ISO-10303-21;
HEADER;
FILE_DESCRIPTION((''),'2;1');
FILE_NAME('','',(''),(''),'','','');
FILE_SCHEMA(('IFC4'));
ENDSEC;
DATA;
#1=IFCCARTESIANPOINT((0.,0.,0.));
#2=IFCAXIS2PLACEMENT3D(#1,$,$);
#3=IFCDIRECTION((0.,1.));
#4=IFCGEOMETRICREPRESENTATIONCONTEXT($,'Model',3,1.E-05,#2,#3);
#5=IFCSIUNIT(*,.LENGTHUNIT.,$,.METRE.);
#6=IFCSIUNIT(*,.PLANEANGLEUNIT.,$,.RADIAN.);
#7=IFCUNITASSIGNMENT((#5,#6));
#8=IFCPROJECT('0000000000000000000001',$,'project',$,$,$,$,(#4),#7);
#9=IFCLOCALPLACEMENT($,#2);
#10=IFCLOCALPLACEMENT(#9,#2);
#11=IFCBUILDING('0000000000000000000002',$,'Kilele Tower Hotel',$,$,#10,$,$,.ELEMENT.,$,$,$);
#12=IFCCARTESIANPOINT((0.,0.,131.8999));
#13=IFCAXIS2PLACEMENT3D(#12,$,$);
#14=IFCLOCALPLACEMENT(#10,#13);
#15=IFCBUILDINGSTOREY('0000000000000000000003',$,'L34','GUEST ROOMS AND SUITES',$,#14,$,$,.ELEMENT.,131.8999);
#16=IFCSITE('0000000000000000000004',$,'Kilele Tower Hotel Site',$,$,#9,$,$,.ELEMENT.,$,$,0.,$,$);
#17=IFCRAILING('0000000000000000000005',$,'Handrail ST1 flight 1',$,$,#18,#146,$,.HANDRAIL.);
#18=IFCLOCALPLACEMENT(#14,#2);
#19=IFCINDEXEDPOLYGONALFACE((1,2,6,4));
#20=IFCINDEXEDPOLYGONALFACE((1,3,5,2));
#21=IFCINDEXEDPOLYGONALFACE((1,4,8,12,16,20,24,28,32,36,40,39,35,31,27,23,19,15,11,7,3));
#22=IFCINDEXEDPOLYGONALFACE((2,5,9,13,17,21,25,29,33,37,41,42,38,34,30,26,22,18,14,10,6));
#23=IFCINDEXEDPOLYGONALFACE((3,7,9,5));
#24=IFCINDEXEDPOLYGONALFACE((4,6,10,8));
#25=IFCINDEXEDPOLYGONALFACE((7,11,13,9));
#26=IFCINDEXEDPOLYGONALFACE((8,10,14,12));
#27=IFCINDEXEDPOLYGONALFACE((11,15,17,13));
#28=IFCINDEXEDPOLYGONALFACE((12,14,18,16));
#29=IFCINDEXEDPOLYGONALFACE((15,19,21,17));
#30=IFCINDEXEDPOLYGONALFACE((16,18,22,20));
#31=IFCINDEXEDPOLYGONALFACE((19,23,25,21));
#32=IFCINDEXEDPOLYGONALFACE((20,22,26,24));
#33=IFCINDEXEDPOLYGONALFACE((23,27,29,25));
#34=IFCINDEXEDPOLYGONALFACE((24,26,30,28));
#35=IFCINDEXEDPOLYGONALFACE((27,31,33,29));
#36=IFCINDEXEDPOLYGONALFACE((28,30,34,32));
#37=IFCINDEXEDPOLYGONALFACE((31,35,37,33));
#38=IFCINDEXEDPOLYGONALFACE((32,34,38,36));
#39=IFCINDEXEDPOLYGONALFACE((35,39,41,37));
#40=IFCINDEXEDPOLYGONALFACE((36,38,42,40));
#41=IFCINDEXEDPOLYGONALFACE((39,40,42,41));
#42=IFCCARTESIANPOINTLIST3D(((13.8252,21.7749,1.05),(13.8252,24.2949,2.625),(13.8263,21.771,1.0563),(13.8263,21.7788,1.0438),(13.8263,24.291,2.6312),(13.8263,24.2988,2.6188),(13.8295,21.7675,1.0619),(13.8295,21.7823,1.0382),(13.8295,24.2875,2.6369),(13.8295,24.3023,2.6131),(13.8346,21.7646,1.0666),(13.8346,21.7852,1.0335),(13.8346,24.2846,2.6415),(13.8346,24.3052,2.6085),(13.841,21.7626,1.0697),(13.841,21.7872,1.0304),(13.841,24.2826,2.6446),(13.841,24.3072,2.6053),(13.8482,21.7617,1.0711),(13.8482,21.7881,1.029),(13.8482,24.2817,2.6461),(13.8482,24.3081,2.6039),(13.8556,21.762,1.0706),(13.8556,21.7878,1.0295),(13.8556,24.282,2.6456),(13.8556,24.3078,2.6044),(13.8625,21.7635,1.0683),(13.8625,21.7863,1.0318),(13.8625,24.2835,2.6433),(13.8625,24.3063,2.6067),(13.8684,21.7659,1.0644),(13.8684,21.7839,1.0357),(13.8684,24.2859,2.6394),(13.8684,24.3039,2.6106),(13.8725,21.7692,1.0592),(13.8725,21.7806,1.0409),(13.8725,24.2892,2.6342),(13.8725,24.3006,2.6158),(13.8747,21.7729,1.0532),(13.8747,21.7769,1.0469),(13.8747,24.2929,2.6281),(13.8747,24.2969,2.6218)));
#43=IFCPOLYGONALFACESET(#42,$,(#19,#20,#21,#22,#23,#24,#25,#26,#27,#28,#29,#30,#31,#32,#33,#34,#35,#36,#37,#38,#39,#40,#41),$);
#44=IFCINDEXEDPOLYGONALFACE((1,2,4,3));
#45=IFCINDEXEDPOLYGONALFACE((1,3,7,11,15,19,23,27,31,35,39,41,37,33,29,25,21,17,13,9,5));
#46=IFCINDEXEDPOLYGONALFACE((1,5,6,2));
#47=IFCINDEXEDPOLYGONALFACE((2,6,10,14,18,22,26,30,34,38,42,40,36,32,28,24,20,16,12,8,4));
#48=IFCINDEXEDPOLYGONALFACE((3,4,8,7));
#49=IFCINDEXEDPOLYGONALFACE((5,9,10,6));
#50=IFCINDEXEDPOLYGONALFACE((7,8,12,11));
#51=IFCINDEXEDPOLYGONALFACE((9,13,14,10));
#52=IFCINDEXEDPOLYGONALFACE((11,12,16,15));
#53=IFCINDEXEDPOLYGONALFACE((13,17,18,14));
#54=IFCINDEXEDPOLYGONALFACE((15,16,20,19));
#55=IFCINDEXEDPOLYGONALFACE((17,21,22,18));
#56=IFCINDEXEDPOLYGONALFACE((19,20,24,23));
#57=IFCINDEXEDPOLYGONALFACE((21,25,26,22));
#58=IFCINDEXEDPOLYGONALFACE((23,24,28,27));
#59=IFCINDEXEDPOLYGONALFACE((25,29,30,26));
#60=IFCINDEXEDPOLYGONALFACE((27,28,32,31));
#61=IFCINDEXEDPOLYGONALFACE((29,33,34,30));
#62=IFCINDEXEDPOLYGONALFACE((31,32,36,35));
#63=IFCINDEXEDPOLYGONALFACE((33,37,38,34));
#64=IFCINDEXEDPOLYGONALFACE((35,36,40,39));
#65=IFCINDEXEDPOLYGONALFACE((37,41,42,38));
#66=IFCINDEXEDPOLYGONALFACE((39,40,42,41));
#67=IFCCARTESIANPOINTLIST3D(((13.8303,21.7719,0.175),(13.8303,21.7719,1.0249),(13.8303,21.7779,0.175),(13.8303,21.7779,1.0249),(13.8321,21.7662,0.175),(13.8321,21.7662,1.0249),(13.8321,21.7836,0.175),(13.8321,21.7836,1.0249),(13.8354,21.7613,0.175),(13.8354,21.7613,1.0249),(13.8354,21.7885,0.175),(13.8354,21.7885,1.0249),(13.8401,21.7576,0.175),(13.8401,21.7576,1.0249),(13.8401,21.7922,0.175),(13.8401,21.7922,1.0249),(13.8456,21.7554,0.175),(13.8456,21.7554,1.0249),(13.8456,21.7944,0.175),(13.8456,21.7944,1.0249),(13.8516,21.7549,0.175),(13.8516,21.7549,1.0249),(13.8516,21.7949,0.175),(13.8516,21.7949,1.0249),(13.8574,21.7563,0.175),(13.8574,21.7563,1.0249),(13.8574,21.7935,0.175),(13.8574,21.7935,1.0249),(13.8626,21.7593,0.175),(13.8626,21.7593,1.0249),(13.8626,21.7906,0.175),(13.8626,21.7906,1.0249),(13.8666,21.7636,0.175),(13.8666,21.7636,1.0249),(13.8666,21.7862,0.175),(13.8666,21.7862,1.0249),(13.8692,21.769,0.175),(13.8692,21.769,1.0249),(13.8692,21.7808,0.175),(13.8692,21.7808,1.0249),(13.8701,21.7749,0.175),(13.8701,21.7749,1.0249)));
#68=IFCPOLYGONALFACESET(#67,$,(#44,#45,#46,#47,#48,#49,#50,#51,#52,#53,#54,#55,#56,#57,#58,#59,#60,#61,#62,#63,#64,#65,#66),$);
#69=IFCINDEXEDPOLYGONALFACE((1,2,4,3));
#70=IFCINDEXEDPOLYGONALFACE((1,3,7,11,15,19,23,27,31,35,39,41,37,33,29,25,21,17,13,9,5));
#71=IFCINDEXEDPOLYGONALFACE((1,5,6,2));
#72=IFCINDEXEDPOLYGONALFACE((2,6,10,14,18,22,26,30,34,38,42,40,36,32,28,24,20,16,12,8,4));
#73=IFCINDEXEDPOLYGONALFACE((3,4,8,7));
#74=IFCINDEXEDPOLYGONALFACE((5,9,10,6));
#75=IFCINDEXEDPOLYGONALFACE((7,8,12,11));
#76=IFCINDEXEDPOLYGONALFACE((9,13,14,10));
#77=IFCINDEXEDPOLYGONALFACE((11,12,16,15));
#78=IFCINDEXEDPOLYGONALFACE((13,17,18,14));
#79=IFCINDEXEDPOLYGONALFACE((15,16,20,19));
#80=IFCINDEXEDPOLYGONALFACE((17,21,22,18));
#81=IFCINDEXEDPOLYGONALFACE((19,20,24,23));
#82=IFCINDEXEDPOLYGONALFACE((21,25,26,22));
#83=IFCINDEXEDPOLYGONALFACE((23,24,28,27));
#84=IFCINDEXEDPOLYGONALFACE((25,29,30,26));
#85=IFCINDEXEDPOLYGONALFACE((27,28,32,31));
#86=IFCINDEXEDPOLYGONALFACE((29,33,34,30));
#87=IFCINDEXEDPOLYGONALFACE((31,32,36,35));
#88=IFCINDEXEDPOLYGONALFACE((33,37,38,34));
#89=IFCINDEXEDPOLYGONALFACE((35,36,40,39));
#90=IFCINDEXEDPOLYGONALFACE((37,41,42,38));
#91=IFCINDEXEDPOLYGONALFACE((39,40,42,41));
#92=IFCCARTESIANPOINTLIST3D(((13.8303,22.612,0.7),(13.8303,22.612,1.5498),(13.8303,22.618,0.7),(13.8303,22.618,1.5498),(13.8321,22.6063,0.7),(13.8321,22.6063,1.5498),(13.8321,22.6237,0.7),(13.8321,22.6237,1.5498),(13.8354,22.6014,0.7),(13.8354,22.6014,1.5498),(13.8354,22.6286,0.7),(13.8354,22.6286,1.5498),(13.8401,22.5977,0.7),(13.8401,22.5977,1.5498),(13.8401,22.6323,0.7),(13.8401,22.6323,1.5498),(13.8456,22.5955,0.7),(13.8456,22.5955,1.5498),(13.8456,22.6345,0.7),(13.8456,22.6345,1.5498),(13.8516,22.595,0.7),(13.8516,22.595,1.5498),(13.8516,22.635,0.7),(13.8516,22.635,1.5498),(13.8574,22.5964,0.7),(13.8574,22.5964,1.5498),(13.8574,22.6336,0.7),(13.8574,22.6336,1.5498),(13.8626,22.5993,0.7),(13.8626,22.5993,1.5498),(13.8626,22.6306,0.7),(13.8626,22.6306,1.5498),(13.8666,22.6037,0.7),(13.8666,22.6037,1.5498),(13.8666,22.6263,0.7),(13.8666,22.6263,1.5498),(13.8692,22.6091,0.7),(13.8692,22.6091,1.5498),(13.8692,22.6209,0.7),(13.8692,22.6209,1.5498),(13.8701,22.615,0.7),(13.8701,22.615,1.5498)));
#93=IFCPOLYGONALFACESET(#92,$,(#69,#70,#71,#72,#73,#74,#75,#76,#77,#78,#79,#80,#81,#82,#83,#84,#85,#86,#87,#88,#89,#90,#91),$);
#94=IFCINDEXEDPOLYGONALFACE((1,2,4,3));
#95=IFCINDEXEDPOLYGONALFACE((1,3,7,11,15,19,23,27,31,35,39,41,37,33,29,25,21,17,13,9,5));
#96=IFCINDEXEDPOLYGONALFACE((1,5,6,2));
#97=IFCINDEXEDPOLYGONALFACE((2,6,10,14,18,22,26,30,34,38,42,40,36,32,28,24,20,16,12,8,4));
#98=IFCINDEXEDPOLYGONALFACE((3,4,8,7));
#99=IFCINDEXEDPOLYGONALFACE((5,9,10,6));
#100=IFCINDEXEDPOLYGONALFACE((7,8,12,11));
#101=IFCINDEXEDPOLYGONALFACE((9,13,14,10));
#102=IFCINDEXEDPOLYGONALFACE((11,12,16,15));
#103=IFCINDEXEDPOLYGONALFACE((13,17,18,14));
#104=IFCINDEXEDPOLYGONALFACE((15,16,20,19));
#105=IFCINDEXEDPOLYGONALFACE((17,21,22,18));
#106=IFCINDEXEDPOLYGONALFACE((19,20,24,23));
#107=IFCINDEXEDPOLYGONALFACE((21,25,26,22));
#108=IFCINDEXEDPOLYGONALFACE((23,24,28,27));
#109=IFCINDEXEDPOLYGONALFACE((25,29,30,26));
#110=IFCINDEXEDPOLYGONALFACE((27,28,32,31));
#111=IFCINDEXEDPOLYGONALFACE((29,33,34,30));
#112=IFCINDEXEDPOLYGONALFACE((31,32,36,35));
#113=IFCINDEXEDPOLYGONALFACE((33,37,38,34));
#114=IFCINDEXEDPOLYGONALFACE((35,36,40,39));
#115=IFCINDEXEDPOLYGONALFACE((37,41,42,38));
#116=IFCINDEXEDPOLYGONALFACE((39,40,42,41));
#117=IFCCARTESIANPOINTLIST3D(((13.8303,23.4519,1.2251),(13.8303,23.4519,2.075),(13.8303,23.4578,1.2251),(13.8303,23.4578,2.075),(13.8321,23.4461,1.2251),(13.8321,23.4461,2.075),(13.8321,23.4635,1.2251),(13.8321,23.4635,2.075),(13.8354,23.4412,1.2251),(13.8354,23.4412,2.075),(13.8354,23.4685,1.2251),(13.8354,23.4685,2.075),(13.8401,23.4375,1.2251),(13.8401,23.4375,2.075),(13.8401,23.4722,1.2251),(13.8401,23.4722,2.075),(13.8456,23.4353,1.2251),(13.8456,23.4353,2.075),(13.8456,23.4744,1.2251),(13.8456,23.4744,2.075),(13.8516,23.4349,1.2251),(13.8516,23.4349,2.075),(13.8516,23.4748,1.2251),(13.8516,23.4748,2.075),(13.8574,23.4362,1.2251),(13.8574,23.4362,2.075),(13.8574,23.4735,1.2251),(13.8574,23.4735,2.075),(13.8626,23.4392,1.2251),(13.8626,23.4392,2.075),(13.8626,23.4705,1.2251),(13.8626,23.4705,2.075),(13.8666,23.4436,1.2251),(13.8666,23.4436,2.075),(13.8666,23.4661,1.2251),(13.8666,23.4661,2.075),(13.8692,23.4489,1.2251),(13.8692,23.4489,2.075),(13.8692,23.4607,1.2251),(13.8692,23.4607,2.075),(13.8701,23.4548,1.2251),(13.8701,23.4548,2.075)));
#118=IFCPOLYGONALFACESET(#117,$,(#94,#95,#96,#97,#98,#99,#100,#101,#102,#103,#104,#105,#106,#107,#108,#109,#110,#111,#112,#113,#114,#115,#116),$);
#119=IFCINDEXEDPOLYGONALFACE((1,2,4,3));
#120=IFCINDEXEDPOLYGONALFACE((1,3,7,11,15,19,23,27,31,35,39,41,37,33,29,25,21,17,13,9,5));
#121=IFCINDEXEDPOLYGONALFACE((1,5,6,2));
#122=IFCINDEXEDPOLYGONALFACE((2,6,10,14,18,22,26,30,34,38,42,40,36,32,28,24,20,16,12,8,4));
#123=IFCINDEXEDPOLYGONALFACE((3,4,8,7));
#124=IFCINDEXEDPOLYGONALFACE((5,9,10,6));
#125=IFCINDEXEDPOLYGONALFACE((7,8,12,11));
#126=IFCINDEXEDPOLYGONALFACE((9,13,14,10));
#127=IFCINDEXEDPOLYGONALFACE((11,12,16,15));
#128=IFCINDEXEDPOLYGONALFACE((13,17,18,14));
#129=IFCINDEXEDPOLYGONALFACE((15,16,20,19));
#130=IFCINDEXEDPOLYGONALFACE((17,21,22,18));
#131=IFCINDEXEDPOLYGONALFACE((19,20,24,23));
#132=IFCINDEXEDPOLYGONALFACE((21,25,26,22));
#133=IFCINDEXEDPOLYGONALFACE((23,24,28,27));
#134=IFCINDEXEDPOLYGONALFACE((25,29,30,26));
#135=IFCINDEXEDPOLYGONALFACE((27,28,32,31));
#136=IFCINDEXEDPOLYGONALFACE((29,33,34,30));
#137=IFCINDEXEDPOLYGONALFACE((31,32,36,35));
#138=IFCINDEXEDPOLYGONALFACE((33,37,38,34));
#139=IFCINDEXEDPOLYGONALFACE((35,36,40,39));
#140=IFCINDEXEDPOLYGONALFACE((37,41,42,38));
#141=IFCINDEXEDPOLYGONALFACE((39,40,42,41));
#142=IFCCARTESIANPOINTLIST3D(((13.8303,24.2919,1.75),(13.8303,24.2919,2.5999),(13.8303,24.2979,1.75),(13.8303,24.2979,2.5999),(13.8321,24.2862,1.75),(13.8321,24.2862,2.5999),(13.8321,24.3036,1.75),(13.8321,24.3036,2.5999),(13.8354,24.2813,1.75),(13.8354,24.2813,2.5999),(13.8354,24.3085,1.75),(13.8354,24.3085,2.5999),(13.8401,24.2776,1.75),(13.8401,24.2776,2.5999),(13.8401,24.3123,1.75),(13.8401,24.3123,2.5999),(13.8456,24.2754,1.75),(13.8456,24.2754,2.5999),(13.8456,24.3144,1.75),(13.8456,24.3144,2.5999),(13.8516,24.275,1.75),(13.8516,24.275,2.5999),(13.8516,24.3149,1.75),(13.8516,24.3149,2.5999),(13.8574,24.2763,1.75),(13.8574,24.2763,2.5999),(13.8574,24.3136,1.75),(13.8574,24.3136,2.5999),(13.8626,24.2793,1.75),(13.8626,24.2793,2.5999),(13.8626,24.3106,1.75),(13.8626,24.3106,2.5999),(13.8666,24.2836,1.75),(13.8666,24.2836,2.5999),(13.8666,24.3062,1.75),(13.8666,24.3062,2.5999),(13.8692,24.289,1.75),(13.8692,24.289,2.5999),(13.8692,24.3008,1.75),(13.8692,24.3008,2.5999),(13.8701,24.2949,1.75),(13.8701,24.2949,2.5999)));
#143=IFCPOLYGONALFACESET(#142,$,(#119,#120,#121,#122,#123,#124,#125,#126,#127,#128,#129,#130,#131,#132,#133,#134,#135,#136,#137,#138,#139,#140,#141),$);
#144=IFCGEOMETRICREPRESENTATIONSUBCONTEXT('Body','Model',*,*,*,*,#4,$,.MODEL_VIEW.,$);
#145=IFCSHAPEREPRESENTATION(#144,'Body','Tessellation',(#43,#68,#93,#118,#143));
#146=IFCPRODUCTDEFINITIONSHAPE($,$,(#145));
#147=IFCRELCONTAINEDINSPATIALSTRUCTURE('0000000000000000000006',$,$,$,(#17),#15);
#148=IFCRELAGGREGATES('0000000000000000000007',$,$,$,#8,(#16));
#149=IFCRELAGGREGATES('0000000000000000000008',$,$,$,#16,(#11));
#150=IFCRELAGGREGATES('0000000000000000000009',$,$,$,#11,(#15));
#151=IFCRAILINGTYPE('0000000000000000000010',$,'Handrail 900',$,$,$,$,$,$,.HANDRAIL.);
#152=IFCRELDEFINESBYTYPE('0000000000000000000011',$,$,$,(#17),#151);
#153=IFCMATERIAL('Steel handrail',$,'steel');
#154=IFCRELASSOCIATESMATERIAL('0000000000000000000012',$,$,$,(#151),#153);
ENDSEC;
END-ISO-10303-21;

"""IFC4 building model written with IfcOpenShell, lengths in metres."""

from ifc_helpers import new_model, si_unit, direction, frame, origin, origin_2d, place, context, subcontext, project, spatial, circle, extrude, material, type_object, element, save


model = new_model("IFC4")

# Units and contexts
model_context = context("Model", 3, precision=1e-05, world=origin(), true_north=direction((0.0, 1.0)))
body_context = subcontext(model_context, "Body", "Model", "MODEL_VIEW")
ifc_project = project(units=[si_unit("LENGTHUNIT", "METRE"), si_unit("PLANEANGLEUNIT", "RADIAN")], contexts=[model_context])

# Site, building, storey
site_placement = place(None, origin())
site = spatial("IfcSite", under=ifc_project, at=site_placement, Name="Kilele Tower Hotel Site", CompositionType="ELEMENT", RefElevation=0.0)
building_placement = place(site_placement, origin())
building = spatial("IfcBuilding", under=site, at=building_placement, Name="Kilele Tower Hotel", CompositionType="ELEMENT")
storey_placement = place(building_placement, frame((0.0, 0.0, 131.8999)))
storey = spatial("IfcBuildingStorey", under=building, at=storey_placement, Name="L34", Description="GUEST ROOMS AND SUITES", CompositionType="ELEMENT", Elevation=131.8999)

# Railing
ifc_material_1 = material(Name="Steel handrail", Category="steel")
railing_type_1 = type_object("IfcRailingType", Name="Handrail 900", PredefinedType="HANDRAIL", material=ifc_material_1)
for number, where, name in (
    (1, (13.8501, 21.7749, 0.175), "Handrail ST1 flight 1"),
):
    element("IfcRailing", number, at=place(storey_placement, frame(where)), inside=storey, type_object=railing_type_1, Name=name, PredefinedType="HANDRAIL", context=body_context, shape_type="SweptSolid", body=[
        extrude(circle(Radius=0.0249, at=origin_2d()), frame((0.0, 0.0, 0.875), z_axis=(0.0, 0.848008, 0.529984), x_axis=(-1.0, 0.0, 0.0)), (0.0, 0.0, 1.0), 2.9717),
        extrude(circle(Radius=0.02, at=origin_2d()), origin(), (0.0, 0.0, 1.0), 0.8499),
        extrude(circle(Radius=0.02, at=origin_2d()), frame((0.0, 0.8401, 0.5249)), (0.0, 0.0, 1.0), 0.8499),
        extrude(circle(Radius=0.02, at=origin_2d()), frame((0.0, 1.6799, 1.05)), (0.0, 0.0, 1.0), 0.8499),
        extrude(circle(Radius=0.02, at=origin_2d()), frame((0.0, 2.52, 1.575)), (0.0, 0.0, 1.0), 0.8499),
    ])

save(model, "model.ifc")
